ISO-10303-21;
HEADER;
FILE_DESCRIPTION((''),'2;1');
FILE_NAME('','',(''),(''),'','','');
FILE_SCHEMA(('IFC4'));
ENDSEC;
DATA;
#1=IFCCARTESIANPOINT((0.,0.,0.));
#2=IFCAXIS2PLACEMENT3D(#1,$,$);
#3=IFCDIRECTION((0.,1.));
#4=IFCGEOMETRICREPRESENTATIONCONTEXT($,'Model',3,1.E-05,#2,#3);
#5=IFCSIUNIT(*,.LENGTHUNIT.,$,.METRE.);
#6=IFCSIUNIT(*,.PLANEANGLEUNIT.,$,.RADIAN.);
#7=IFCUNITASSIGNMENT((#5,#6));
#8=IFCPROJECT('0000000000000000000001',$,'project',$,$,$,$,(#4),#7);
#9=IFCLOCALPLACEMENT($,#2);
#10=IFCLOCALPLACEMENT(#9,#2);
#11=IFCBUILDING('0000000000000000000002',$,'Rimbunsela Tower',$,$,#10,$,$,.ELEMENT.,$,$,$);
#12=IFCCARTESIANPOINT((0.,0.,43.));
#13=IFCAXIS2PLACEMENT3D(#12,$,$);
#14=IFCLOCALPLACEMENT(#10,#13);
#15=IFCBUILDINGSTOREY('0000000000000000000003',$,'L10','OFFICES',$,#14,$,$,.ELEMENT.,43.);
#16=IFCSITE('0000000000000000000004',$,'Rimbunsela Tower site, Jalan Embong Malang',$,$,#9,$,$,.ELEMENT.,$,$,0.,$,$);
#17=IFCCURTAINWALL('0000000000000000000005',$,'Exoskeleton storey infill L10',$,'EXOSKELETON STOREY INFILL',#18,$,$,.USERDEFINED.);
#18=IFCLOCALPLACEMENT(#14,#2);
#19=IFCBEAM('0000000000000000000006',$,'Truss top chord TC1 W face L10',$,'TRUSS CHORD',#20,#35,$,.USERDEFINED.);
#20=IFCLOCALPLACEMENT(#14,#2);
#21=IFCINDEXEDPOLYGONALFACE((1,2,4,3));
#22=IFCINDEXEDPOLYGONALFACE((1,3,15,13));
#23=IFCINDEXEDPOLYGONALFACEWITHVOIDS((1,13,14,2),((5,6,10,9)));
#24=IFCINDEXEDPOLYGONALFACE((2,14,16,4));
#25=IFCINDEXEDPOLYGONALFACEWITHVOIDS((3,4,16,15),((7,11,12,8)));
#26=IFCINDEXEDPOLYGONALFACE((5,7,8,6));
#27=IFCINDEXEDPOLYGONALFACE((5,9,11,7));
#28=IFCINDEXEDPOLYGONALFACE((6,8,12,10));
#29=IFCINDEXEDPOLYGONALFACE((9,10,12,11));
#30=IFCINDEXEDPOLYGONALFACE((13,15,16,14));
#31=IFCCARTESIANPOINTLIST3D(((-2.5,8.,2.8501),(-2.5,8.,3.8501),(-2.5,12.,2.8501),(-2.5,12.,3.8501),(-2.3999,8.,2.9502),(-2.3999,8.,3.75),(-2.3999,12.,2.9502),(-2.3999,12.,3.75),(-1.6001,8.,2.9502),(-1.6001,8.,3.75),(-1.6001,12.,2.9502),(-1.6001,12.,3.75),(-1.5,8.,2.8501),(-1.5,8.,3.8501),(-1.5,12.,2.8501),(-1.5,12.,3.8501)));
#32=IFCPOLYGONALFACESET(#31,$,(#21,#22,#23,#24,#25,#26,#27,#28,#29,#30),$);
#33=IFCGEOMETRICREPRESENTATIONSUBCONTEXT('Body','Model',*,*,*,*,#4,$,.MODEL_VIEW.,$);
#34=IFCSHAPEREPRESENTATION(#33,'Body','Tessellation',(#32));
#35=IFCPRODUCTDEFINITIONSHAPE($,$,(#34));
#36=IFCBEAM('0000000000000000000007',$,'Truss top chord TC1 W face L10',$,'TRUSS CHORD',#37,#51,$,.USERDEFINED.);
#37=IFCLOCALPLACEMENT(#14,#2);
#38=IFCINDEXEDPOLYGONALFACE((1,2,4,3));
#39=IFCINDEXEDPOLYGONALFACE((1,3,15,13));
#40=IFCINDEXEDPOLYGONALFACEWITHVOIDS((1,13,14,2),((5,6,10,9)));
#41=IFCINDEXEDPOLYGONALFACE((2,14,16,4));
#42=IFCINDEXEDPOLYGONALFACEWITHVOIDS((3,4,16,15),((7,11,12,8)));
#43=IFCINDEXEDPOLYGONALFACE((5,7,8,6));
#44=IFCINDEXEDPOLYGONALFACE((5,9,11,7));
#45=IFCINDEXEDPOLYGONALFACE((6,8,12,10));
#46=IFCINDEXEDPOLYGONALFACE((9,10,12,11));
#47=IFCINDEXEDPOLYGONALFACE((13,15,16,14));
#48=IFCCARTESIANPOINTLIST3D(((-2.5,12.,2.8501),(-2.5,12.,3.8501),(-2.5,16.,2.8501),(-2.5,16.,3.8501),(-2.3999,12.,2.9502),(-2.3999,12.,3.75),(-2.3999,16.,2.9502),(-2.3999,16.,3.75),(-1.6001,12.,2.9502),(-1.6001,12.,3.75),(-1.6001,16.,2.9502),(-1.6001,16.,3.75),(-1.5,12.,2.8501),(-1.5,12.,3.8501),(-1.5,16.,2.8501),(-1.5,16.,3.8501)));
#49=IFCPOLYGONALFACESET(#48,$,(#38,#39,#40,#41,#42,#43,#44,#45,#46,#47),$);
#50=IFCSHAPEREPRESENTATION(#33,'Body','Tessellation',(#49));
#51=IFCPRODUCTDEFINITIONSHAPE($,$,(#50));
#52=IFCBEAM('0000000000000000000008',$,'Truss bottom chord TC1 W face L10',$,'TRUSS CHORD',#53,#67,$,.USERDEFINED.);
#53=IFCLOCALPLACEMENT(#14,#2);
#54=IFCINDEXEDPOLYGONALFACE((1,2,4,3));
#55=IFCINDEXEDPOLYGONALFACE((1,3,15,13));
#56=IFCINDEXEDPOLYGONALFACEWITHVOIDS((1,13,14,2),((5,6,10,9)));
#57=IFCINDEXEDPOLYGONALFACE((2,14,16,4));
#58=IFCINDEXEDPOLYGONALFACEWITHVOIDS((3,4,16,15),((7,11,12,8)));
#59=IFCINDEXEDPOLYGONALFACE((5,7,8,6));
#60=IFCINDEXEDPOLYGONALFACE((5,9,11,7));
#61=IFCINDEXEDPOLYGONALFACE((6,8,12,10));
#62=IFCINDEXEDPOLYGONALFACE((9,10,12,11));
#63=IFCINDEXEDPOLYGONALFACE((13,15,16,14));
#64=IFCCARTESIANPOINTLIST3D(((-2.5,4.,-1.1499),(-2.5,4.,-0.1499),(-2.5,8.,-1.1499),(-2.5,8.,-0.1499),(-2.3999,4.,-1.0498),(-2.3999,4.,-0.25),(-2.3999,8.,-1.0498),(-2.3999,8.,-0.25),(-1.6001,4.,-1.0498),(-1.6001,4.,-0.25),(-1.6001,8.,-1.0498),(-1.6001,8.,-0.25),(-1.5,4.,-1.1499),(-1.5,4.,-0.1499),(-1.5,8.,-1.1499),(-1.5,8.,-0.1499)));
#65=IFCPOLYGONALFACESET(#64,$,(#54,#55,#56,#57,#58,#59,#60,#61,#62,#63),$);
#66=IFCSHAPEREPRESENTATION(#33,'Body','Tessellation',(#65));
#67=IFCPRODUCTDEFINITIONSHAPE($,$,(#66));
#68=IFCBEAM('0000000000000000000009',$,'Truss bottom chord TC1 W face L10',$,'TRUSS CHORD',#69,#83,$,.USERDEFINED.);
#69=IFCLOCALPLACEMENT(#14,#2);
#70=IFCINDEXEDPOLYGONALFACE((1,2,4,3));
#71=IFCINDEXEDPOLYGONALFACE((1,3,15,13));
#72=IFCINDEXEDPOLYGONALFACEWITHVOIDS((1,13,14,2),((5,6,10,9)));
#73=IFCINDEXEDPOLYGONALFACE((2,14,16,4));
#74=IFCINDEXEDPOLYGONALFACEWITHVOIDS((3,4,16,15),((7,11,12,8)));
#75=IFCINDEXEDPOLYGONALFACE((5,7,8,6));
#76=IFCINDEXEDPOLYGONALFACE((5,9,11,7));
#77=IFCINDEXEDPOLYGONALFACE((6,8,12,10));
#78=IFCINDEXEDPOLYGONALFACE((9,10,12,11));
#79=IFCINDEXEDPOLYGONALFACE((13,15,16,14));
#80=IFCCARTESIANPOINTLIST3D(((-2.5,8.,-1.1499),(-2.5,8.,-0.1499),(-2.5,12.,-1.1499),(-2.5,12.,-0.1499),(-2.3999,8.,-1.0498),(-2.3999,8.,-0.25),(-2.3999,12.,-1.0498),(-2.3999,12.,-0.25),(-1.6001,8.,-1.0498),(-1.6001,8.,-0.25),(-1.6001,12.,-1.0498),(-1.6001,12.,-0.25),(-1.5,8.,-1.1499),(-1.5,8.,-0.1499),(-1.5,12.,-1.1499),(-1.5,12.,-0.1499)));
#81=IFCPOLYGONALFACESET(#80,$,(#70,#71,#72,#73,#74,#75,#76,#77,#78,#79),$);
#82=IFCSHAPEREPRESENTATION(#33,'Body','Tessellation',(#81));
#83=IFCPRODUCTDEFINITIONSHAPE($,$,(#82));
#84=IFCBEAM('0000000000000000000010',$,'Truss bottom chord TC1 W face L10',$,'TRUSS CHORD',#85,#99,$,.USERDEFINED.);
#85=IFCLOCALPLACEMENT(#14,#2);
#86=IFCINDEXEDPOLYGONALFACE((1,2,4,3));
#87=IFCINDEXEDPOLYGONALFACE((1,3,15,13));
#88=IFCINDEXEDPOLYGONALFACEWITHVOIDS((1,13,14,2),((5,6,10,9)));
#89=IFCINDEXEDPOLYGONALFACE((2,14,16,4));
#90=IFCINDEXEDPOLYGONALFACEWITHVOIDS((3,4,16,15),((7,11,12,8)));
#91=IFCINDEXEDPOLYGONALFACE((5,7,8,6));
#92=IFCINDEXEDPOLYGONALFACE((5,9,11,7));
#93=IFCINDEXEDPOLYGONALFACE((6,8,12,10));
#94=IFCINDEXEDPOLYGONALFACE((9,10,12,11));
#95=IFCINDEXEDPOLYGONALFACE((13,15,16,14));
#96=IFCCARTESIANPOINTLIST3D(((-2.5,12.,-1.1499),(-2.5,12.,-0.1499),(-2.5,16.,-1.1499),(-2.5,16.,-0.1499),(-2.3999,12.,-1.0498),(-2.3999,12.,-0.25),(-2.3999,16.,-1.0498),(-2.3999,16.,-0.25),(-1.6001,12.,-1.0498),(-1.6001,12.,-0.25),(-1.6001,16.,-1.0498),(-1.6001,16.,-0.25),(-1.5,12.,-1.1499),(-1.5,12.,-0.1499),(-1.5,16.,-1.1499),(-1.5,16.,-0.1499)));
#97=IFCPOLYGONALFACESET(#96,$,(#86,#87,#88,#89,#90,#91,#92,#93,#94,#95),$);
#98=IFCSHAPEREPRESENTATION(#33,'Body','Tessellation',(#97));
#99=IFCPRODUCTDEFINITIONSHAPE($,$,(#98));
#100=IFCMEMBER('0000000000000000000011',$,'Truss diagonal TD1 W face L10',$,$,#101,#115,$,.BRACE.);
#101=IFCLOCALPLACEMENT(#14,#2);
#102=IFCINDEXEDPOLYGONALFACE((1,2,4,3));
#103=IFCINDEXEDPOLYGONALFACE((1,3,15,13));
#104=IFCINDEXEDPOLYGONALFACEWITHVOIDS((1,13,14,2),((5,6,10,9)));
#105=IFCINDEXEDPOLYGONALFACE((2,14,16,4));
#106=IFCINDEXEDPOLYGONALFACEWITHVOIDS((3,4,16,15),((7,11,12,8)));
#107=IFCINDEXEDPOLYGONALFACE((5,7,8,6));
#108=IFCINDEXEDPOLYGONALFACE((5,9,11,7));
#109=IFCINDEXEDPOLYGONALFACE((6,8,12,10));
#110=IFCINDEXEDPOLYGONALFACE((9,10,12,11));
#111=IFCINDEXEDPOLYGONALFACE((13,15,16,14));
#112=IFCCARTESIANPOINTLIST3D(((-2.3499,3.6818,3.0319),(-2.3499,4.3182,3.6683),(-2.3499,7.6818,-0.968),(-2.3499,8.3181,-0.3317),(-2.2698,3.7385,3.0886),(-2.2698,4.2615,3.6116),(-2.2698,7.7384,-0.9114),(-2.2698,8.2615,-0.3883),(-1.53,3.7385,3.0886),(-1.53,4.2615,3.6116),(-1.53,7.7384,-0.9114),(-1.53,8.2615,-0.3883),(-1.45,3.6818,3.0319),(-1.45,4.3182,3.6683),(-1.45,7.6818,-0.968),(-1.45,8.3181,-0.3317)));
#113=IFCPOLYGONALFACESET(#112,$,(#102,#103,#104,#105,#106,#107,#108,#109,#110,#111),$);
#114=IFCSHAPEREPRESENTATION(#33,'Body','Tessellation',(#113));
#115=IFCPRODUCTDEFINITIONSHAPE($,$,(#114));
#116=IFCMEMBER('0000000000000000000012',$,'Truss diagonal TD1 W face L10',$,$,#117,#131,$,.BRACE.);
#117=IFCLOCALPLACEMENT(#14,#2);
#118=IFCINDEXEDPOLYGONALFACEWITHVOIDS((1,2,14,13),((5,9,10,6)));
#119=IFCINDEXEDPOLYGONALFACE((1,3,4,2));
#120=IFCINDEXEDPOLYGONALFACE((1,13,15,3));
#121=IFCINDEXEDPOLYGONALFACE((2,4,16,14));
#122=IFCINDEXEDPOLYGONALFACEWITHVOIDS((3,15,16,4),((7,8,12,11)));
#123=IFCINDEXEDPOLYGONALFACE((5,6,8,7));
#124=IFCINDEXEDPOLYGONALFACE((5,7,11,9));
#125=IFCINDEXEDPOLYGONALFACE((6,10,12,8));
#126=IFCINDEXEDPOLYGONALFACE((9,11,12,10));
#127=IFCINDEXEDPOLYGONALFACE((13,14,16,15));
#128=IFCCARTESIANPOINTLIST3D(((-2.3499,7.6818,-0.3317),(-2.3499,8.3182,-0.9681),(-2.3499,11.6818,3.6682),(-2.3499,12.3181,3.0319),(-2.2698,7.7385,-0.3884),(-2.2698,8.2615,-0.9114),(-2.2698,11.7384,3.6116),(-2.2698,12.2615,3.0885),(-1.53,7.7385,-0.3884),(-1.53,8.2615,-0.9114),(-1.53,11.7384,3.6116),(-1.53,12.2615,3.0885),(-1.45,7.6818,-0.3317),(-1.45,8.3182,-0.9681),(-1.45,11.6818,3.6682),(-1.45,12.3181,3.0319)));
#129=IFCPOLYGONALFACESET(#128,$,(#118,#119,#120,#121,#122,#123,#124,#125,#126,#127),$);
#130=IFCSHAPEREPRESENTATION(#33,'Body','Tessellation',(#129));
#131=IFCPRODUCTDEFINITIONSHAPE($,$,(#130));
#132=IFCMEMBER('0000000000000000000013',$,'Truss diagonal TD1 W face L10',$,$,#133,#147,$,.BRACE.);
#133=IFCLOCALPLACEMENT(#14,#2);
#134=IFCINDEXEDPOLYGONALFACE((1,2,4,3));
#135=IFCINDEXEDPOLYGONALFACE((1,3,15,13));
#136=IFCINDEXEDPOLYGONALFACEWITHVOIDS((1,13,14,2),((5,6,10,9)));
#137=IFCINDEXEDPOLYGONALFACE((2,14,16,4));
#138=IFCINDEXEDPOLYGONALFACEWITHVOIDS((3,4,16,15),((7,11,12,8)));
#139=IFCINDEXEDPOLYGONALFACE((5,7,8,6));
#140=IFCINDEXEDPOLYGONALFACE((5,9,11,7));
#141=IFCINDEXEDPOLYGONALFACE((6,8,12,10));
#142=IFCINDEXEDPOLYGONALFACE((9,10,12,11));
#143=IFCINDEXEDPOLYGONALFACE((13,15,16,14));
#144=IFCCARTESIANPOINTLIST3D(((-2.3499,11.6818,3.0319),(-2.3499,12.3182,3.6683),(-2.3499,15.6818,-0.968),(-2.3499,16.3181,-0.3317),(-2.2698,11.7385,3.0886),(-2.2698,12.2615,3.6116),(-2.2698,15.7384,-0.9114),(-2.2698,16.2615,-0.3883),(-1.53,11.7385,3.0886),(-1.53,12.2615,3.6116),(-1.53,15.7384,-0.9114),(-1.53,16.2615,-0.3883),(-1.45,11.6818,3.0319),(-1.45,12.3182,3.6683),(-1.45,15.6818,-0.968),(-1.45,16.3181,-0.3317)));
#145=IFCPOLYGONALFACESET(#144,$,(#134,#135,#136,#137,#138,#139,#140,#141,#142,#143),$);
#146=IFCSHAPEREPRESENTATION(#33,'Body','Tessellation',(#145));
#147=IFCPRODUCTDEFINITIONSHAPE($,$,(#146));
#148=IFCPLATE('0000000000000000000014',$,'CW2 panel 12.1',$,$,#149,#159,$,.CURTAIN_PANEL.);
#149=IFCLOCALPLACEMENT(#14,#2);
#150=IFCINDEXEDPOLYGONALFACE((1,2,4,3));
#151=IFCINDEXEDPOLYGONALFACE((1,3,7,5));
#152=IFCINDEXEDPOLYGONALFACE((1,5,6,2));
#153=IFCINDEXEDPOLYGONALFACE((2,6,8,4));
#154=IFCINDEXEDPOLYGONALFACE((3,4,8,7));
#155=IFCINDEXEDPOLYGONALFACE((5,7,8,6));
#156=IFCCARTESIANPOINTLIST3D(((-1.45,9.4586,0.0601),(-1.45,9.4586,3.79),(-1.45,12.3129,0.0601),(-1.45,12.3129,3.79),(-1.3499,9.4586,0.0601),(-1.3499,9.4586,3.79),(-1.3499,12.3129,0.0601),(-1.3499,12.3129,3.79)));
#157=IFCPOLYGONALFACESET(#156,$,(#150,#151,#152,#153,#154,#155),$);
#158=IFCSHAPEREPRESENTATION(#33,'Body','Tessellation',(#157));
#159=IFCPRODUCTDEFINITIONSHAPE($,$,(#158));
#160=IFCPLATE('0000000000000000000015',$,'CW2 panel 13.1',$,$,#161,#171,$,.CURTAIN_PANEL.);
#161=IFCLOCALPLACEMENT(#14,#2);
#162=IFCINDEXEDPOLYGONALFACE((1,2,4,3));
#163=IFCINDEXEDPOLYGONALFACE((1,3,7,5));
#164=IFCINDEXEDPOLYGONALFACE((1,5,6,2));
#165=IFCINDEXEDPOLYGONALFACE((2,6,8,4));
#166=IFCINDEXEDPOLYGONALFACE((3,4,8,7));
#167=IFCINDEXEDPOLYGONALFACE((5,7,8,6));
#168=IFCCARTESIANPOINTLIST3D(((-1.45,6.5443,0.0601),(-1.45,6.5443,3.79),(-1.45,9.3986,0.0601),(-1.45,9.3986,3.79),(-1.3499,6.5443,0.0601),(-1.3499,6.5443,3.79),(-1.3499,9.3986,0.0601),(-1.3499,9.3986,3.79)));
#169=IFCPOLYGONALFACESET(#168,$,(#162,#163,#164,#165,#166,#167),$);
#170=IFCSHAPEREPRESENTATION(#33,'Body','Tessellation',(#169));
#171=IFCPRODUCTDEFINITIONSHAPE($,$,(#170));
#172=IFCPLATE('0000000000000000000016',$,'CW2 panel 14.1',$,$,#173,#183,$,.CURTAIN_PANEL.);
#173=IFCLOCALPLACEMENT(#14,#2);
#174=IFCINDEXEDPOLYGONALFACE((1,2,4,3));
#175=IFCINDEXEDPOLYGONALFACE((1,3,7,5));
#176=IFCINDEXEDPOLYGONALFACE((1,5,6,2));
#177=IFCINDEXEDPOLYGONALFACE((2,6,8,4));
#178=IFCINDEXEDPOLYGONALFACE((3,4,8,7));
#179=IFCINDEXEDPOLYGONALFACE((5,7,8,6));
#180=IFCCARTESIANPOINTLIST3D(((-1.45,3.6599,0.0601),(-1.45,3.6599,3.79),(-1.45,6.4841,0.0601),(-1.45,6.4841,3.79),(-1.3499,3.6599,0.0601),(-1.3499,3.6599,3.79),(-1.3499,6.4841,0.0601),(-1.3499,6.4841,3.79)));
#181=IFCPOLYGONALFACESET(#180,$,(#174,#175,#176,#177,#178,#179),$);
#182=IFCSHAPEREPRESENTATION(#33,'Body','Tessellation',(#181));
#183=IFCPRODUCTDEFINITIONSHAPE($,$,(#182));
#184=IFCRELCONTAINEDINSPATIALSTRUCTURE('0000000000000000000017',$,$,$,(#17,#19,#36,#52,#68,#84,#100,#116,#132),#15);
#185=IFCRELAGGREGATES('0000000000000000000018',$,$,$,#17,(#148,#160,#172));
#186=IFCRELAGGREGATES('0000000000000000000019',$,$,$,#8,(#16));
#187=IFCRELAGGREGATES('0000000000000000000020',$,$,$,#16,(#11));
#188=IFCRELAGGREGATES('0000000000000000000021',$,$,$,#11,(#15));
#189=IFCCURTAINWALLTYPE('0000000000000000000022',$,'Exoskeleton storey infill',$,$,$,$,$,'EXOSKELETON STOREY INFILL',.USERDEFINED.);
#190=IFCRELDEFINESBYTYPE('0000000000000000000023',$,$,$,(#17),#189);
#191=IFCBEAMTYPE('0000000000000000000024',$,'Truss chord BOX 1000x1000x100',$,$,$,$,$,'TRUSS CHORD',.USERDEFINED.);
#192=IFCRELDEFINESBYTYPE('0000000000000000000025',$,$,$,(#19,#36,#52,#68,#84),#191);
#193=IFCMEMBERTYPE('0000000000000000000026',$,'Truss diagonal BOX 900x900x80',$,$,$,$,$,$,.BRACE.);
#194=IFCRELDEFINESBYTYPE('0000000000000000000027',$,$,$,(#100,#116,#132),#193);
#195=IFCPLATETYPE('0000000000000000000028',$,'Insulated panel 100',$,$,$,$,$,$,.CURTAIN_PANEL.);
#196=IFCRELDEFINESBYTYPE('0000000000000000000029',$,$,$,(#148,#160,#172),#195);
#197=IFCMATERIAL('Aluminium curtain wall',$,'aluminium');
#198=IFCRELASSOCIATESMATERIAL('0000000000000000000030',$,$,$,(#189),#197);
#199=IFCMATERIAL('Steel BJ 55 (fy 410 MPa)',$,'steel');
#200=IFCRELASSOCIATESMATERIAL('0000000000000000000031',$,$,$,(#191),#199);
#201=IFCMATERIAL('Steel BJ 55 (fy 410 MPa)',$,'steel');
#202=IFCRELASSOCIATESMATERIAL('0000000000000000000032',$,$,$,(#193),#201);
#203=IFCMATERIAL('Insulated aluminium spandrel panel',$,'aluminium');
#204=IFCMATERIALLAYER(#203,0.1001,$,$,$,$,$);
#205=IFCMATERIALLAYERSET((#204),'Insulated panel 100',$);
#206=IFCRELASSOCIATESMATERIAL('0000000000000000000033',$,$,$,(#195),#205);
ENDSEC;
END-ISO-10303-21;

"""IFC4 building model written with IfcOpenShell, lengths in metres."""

from ifc_helpers import new_model, si_unit, direction, frame, origin, origin_2d, place, context, subcontext, project, spatial, rectangle, hollow_rectangle, extrude, material, layer, layer_set, material_profile, profile_set, type_object, element, aggregate, save


model = new_model("IFC4")

# Units and contexts
model_context = context("Model", 3, precision=1e-05, world=origin(), true_north=direction((0.0, 1.0)))
body_context = subcontext(model_context, "Body", "Model", "MODEL_VIEW")
ifc_project = project(units=[si_unit("LENGTHUNIT", "METRE"), si_unit("PLANEANGLEUNIT", "RADIAN")], contexts=[model_context])

# Site, building, storey
site_placement = place(None, origin())
site = spatial("IfcSite", under=ifc_project, at=site_placement, Name="Rimbunsela Tower site, Jalan Embong Malang", CompositionType="ELEMENT", RefElevation=0.0)
building_placement = place(site_placement, origin())
building = spatial("IfcBuilding", under=site, at=building_placement, Name="Rimbunsela Tower", CompositionType="ELEMENT")
storey_placement = place(building_placement, frame((0.0, 0.0, 43.0)))
storey = spatial("IfcBuildingStorey", under=building, at=storey_placement, Name="L10", Description="OFFICES", CompositionType="ELEMENT", Elevation=43.0)

# Curtain wall
ifc_material_1 = material(Name="Aluminium curtain wall", Category="aluminium")
curtain_wall_type_1 = type_object("IfcCurtainWallType", Name="Exoskeleton storey infill", ElementType="EXOSKELETON STOREY INFILL", PredefinedType="USERDEFINED", material=ifc_material_1)
curtain_wall_1_placement = place(storey_placement, origin())
curtain_wall_1 = element("IfcCurtainWall", 1, at=curtain_wall_1_placement, inside=storey, type_object=curtain_wall_type_1, Name="Exoskeleton storey infill L10", ObjectType="EXOSKELETON STOREY INFILL", PredefinedType="USERDEFINED")

# Beams
ifc_material_2 = material(Name="Steel BJ 55 (fy 410 MPa)", Category="steel")
ifc_material_profile_1 = material_profile(ifc_material_2, hollow_rectangle(XDim=1.0, YDim=1.0, WallThickness=0.1001, at=origin_2d()), Name="BOX 1000x1000x100")
ifc_profile_set_1 = profile_set([ifc_material_profile_1], Name="Steel BJ 55 (fy 410 MPa)")
beam_type = type_object("IfcBeamType", Name="Truss chord BOX 1000x1000x100", ElementType="TRUSS CHORD", PredefinedType="USERDEFINED", material=ifc_profile_set_1)
for number, where, z_axis, x_axis, name in (
    (2, (-2.0, 8.0, 3.3501), (0.0, 1.0, 0.0), (-1.0, 0.0, 0.0), "Truss top chord TC1 W face L10"),
    (3, (-2.0, 12.0, 3.3501), (0.0, 1.0, 0.0), (-1.0, 0.0, 0.0), "Truss top chord TC1 W face L10"),
    (4, (-2.0, 4.0, -0.6499), (0.0, 1.0, 0.0), (-1.0, 0.0, 0.0), "Truss bottom chord TC1 W face L10"),
    (5, (-2.0, 8.0, -0.6499), (0.0, 1.0, 0.0), (-1.0, 0.0, 0.0), "Truss bottom chord TC1 W face L10"),
    (6, (-2.0, 12.0, -0.6499), (0.0, 1.0, 0.0), (-1.0, 0.0, 0.0), "Truss bottom chord TC1 W face L10"),
):
    element("IfcBeam", number, at=place(storey_placement, frame(where, z_axis=z_axis, x_axis=x_axis)), inside=storey, type_object=beam_type, Name=name, ObjectType="TRUSS CHORD", PredefinedType="USERDEFINED", context=body_context, shape_type="SweptSolid", body=[
        extrude(hollow_rectangle(XDim=1.0, YDim=1.0, WallThickness=0.1001, at=origin_2d()), origin(), (0.0, 0.0, 1.0), 4.0),
    ])

# Members
ifc_material_3 = material(Name="Steel BJ 55 (fy 410 MPa)", Category="steel")
ifc_material_profile_2 = material_profile(ifc_material_3, hollow_rectangle(XDim=0.8999, YDim=0.8999, WallThickness=0.0801, at=origin_2d()), Name="BOX 900x900x80")
ifc_profile_set_2 = profile_set([ifc_material_profile_2], Name="Steel BJ 55 (fy 410 MPa)")
member_type_1 = type_object("IfcMemberType", Name="Truss diagonal BOX 900x900x80", PredefinedType="BRACE", material=ifc_profile_set_2)
for number, where, z_axis, x_axis, name in (
    (7, (-1.8999, 4.0, 3.3501), (0.0, 0.707107, -0.707107), (-1.0, 0.0, 0.0), "Truss diagonal TD1 W face L10"),
    (8, (-1.8999, 8.0, -0.6499), (0.0, 0.707107, 0.707107), (-1.0, 0.0, 0.0), "Truss diagonal TD1 W face L10"),
    (9, (-1.8999, 12.0, 3.3501), (0.0, 0.707107, -0.707107), (-1.0, 0.0, 0.0), "Truss diagonal TD1 W face L10"),
):
    element("IfcMember", number, at=place(storey_placement, frame(where, z_axis=z_axis, x_axis=x_axis)), inside=storey, type_object=member_type_1, Name=name, PredefinedType="BRACE", context=body_context, shape_type="SweptSolid", body=[
        extrude(hollow_rectangle(XDim=0.8999, YDim=0.8999, WallThickness=0.0801, at=origin_2d()), origin(), (0.0, 0.0, 1.0), 5.6567),
    ])

# Plates
ifc_material_4 = material(Name="Insulated aluminium spandrel panel", Category="aluminium")
ifc_layer = layer(ifc_material_4, 0.1001)
ifc_layer_set = layer_set([ifc_layer], Name="Insulated panel 100")
plate_type = type_object("IfcPlateType", Name="Insulated panel 100", PredefinedType="CURTAIN_PANEL", material=ifc_layer_set)
plate_1_placement = place(storey_placement, frame((-1.3999, 10.8857, 0.0601), z_axis=(0.0, 0.0, 1.0), x_axis=(0.0, -1.0, 0.0)))
plate_1 = element("IfcPlate", 10, at=plate_1_placement, type_object=plate_type, Name="CW2 panel 12.1", PredefinedType="CURTAIN_PANEL", context=body_context, shape_type="SweptSolid", body=[
    extrude(rectangle(XDim=2.8542, YDim=0.1001, at=origin_2d()), origin(), (0.0, 0.0, 1.0), 3.73),
])
plate_2_placement = place(storey_placement, frame((-1.3999, 7.9714, 0.0601), z_axis=(0.0, 0.0, 1.0), x_axis=(0.0, -1.0, 0.0)))
plate_2 = element("IfcPlate", 11, at=plate_2_placement, type_object=plate_type, Name="CW2 panel 13.1", PredefinedType="CURTAIN_PANEL", context=body_context, shape_type="SweptSolid", body=[
    extrude(rectangle(XDim=2.8542, YDim=0.1001, at=origin_2d()), origin(), (0.0, 0.0, 1.0), 3.73),
])
plate_3_placement = place(storey_placement, frame((-1.3999, 5.072, 0.0601), z_axis=(0.0, 0.0, 1.0), x_axis=(0.0, -1.0, 0.0)))
plate_3 = element("IfcPlate", 12, at=plate_3_placement, type_object=plate_type, Name="CW2 panel 14.1", PredefinedType="CURTAIN_PANEL", context=body_context, shape_type="SweptSolid", body=[
    extrude(rectangle(XDim=2.8242, YDim=0.1001, at=origin_2d()), origin(), (0.0, 0.0, 1.0), 3.73),
])
aggregate(curtain_wall_1, [plate_1, plate_2, plate_3])

save(model, "model.ifc")
